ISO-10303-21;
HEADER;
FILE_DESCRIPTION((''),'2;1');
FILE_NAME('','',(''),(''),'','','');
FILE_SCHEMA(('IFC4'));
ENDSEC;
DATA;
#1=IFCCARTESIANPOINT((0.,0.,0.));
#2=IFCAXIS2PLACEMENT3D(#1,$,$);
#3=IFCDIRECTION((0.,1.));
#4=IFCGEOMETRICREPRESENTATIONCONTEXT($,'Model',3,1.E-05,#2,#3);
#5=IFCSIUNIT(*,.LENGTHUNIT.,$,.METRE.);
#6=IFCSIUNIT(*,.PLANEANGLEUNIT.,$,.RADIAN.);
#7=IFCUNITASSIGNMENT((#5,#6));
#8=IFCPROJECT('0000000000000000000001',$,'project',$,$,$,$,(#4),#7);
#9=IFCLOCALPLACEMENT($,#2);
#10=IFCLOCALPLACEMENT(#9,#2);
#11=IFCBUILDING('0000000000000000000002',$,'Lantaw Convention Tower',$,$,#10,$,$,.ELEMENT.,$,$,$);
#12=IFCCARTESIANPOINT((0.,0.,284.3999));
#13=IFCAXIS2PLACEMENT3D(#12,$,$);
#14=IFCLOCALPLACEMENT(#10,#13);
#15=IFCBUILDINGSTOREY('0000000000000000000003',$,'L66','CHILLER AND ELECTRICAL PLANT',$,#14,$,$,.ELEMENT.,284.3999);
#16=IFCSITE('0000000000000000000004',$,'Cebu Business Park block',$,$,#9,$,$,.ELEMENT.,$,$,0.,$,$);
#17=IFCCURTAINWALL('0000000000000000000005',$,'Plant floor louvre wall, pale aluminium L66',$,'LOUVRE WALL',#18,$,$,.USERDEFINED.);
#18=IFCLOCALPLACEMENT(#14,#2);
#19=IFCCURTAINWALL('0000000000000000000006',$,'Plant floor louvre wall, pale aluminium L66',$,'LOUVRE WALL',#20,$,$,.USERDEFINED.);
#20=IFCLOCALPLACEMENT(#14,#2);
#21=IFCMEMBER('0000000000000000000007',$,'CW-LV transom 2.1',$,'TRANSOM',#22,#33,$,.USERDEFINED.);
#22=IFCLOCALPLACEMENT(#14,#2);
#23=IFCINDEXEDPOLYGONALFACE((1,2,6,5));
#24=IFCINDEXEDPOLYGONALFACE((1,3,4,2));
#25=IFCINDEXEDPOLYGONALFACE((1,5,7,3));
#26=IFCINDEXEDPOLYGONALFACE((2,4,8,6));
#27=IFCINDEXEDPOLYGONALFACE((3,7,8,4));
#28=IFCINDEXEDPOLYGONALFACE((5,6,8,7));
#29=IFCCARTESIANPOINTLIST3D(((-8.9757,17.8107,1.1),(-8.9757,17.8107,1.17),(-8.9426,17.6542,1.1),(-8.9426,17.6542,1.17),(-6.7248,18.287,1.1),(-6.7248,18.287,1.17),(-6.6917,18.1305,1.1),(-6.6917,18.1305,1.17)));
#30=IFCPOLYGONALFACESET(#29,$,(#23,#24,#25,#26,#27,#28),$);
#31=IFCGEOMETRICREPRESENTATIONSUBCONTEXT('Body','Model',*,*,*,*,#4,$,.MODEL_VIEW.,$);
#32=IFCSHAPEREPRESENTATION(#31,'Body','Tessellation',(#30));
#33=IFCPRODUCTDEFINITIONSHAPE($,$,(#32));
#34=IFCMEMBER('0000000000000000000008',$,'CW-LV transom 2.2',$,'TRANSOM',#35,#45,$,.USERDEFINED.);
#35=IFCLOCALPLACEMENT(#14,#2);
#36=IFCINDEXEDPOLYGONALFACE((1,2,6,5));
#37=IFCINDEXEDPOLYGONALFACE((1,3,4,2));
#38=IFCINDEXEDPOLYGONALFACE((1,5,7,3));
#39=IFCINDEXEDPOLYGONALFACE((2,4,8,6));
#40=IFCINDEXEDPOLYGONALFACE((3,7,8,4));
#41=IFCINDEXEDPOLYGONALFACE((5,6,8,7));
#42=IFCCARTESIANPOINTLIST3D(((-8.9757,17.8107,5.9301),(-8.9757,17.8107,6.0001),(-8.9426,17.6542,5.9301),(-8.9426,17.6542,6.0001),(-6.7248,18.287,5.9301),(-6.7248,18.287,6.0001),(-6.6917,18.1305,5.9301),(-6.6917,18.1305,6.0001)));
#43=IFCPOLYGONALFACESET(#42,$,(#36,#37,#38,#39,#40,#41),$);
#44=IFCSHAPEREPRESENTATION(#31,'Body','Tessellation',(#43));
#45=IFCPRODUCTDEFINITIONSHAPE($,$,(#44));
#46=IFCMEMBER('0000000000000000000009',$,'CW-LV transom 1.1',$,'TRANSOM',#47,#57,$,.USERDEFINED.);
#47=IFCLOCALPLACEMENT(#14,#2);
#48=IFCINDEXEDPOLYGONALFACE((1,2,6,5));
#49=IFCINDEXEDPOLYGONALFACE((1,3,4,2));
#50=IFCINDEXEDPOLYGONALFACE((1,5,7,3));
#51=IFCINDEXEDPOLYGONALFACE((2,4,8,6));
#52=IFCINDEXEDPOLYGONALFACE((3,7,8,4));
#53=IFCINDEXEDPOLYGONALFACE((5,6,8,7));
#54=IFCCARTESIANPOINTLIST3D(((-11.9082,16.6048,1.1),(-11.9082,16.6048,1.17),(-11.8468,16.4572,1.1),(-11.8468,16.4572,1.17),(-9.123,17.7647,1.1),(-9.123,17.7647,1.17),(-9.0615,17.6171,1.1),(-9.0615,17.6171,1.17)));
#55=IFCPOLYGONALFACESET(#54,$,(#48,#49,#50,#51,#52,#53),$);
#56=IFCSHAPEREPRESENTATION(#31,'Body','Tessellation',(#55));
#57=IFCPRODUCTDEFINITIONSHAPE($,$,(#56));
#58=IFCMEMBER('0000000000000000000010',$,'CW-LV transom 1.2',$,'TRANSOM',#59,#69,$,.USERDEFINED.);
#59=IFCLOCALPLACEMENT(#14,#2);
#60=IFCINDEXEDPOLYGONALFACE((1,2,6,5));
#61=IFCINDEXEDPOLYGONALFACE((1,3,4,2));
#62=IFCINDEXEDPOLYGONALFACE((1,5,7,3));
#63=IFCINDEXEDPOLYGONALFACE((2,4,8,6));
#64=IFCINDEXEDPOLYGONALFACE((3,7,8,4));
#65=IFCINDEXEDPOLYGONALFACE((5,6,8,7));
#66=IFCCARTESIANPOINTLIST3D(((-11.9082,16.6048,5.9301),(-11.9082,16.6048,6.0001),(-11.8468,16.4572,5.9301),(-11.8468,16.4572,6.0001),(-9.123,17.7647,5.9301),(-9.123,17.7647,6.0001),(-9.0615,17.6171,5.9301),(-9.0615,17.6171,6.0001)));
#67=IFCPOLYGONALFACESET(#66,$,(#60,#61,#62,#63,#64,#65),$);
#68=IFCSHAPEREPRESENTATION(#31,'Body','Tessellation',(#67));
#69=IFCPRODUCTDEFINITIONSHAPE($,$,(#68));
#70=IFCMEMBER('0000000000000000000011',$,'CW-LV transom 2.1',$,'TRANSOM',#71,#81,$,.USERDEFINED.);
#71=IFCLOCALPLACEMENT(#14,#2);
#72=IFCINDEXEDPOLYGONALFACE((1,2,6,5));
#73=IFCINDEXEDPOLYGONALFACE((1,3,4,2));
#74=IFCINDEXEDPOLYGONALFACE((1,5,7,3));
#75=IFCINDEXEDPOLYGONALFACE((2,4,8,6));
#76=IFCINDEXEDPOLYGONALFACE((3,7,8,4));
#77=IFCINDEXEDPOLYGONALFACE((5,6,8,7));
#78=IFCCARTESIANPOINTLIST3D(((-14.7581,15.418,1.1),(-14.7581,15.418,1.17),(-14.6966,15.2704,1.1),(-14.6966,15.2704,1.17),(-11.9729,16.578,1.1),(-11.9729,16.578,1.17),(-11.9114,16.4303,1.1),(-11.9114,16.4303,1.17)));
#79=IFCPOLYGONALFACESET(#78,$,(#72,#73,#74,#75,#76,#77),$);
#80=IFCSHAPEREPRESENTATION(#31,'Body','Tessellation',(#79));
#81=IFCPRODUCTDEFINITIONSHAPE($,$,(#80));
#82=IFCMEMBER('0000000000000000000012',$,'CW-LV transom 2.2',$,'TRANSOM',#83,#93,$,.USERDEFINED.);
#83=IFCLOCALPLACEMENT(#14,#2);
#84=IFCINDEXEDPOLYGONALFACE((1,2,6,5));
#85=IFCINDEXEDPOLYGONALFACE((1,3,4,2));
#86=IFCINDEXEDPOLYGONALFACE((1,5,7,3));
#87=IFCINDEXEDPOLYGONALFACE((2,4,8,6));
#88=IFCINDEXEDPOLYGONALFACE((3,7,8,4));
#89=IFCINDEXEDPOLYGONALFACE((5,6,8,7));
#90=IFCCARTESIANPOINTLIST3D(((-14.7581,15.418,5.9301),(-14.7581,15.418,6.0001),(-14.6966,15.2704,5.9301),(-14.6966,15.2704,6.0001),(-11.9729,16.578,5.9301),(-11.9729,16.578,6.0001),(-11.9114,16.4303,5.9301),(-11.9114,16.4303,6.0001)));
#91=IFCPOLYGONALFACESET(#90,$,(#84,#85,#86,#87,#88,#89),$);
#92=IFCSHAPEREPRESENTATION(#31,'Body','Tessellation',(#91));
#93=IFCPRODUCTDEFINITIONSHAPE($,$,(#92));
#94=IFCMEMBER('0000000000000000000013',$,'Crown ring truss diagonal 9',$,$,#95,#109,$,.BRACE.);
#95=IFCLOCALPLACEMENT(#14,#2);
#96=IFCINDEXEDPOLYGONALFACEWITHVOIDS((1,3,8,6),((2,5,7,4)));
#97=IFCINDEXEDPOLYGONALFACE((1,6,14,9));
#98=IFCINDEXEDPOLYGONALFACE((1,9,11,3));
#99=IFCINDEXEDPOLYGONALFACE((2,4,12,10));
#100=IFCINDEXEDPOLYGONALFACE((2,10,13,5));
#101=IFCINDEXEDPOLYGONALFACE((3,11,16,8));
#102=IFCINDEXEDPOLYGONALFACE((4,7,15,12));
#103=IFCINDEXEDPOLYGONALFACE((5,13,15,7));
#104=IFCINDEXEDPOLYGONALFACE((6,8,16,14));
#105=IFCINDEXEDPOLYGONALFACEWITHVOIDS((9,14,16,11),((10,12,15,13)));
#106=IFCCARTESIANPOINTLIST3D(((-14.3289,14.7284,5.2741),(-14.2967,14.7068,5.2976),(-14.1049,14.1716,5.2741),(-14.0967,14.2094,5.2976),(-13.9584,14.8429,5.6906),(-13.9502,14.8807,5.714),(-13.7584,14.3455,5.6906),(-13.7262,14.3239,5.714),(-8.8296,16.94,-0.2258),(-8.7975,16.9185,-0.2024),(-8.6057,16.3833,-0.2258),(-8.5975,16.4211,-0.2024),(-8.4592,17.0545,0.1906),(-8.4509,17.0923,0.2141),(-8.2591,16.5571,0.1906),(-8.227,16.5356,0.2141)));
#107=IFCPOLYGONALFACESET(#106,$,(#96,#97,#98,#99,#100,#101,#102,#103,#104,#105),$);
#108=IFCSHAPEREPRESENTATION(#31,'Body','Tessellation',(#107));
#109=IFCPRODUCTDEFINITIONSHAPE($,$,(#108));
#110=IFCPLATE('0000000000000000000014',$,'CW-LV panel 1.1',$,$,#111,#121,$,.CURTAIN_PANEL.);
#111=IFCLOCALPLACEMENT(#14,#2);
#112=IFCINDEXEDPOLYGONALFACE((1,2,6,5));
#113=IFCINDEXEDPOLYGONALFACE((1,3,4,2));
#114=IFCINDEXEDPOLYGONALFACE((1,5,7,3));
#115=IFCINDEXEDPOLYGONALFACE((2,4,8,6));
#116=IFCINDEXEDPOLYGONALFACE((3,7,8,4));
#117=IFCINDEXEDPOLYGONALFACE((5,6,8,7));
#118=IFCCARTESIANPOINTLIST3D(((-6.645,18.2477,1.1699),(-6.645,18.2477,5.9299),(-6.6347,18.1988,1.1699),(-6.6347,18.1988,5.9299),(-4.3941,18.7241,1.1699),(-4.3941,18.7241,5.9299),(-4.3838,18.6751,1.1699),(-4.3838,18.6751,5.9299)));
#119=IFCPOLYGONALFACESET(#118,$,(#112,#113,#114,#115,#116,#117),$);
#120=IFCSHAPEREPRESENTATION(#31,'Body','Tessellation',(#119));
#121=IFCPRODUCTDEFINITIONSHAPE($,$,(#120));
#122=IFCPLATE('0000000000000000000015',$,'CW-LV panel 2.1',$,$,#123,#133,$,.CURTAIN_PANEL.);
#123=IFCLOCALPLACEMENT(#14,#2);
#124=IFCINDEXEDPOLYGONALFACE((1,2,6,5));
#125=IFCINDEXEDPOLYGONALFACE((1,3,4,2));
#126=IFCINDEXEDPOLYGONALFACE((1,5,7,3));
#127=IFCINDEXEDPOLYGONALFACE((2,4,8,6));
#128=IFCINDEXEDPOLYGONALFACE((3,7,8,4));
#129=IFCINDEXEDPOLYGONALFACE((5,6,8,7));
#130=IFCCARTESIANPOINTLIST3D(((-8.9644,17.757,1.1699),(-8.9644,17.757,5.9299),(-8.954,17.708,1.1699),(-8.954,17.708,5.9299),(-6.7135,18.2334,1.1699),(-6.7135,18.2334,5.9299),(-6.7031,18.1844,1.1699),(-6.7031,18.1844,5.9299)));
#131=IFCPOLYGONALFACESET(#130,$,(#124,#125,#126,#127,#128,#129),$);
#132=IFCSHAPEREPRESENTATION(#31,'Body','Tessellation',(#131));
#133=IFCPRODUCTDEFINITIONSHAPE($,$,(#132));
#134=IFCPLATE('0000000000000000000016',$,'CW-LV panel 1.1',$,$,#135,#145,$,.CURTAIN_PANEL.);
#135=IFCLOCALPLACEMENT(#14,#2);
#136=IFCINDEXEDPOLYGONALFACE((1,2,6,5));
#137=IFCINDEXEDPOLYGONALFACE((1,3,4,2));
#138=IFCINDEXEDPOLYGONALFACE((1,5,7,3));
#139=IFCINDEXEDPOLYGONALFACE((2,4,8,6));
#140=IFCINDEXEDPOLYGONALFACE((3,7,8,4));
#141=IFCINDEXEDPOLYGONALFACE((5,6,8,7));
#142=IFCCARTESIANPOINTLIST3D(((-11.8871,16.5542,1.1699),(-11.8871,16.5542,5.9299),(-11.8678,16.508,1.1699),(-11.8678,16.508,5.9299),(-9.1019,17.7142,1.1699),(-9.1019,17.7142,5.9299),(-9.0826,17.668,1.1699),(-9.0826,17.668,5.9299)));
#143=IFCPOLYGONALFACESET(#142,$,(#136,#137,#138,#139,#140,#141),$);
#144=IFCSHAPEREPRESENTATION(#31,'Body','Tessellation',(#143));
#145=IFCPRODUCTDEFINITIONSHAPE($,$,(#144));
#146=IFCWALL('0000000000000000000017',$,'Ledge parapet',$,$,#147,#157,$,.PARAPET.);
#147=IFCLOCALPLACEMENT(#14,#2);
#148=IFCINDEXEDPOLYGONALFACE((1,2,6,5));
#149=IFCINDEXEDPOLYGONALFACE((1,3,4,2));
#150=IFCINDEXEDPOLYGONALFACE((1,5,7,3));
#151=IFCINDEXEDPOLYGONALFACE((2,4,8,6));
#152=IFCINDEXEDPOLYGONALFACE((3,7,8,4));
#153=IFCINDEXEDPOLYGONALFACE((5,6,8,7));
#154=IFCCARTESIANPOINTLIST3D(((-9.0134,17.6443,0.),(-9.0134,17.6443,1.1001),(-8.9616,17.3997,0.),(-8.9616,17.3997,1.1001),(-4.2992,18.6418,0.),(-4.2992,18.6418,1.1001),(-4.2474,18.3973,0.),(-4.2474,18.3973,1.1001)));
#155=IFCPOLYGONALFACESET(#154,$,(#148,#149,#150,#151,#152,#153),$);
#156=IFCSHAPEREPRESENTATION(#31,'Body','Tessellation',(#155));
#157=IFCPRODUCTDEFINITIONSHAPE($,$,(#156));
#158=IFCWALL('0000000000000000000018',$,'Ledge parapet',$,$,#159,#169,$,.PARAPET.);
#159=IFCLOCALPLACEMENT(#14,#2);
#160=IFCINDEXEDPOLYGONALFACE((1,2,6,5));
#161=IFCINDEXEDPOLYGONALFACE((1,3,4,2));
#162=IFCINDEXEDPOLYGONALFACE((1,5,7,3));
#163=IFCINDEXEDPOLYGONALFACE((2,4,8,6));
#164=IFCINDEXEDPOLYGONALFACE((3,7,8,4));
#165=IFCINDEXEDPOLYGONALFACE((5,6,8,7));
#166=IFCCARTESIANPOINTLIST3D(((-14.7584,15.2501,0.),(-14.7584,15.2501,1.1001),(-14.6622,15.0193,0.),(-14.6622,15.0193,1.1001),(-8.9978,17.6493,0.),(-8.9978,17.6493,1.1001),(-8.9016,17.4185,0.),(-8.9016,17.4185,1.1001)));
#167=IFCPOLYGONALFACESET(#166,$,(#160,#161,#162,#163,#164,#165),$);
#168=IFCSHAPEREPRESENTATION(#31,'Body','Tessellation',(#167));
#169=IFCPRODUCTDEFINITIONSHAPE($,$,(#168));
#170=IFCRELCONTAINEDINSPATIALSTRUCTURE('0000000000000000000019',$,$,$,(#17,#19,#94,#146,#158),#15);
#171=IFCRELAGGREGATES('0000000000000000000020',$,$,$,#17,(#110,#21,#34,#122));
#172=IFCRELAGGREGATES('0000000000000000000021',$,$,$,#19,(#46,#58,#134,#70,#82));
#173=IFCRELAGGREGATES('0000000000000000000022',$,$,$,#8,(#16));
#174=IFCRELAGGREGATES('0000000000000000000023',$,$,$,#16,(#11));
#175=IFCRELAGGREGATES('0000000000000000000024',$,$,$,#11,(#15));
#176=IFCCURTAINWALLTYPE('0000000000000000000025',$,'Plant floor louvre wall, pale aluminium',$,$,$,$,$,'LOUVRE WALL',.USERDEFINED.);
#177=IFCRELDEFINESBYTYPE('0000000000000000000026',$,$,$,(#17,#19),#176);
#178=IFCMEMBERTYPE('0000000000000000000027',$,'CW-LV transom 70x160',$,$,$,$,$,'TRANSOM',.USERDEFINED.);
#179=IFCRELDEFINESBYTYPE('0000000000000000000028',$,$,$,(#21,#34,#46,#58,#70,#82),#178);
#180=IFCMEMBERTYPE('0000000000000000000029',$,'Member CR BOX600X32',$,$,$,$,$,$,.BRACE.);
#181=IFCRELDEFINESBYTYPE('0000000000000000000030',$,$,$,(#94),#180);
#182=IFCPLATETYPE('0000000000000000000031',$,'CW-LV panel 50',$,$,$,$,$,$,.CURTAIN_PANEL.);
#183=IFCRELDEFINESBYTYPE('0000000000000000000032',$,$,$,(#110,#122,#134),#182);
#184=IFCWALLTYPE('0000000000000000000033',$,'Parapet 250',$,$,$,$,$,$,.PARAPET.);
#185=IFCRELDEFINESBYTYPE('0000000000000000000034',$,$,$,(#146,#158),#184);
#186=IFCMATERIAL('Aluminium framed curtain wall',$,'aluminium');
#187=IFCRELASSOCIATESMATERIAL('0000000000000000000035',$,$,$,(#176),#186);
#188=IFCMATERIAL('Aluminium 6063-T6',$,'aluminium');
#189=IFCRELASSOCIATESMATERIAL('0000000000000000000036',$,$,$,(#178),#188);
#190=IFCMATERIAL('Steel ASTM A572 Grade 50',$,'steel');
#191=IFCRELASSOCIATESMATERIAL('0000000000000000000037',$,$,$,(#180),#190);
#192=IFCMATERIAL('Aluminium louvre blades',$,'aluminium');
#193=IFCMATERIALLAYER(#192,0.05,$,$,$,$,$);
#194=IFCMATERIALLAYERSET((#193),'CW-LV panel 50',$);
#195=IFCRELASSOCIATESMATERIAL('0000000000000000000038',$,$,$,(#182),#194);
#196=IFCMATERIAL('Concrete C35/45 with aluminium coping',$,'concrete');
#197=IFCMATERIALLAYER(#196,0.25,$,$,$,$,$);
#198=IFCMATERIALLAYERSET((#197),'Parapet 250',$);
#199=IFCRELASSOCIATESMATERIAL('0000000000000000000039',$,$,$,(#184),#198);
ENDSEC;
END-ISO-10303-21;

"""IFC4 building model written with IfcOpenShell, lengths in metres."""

from ifc_helpers import new_model, si_unit, direction, frame, frame_2d, origin, origin_2d, place, context, subcontext, project, spatial, rectangle, hollow_rectangle, extrude, material, layer, layer_set, material_profile, profile_set, type_object, element, aggregate, save


model = new_model("IFC4")

# Units and contexts
model_context = context("Model", 3, precision=1e-05, world=origin(), true_north=direction((0.0, 1.0)))
body_context = subcontext(model_context, "Body", "Model", "MODEL_VIEW")
ifc_project = project(units=[si_unit("LENGTHUNIT", "METRE"), si_unit("PLANEANGLEUNIT", "RADIAN")], contexts=[model_context])

# Site, building, storey
site_placement = place(None, origin())
site = spatial("IfcSite", under=ifc_project, at=site_placement, Name="Cebu Business Park block", CompositionType="ELEMENT", RefElevation=0.0)
building_placement = place(site_placement, origin())
building = spatial("IfcBuilding", under=site, at=building_placement, Name="Lantaw Convention Tower", CompositionType="ELEMENT")
storey_placement = place(building_placement, frame((0.0, 0.0, 284.3999)))
storey = spatial("IfcBuildingStorey", under=building, at=storey_placement, Name="L66", Description="CHILLER AND ELECTRICAL PLANT", CompositionType="ELEMENT", Elevation=284.3999)

# Shared definitions
ifc_material_1 = material(Name="Steel ASTM A572 Grade 50", Category="steel")

# Shared definitions
ifc_material_2 = material(Name="Aluminium framed curtain wall", Category="aluminium")
curtain_wall_type = type_object("IfcCurtainWallType", Name="Plant floor louvre wall, pale aluminium", ElementType="LOUVRE WALL", PredefinedType="USERDEFINED", material=ifc_material_2)
ifc_material_3 = material(Name="Aluminium 6063-T6", Category="aluminium")

# Curtain walls
curtain_wall_1_placement = place(storey_placement, origin())
curtain_wall_1 = element("IfcCurtainWall", 1, at=curtain_wall_1_placement, inside=storey, type_object=curtain_wall_type, Name="Plant floor louvre wall, pale aluminium L66", ObjectType="LOUVRE WALL", PredefinedType="USERDEFINED")
curtain_wall_2_placement = place(storey_placement, origin())
curtain_wall_2 = element("IfcCurtainWall", 2, at=curtain_wall_2_placement, inside=storey, type_object=curtain_wall_type, Name="Plant floor louvre wall, pale aluminium L66", ObjectType="LOUVRE WALL", PredefinedType="USERDEFINED")

# Members
ifc_material_profile_1 = material_profile(ifc_material_3, rectangle(XDim=0.1599, YDim=0.0701, at=origin_2d()), Name="CW-LV transom 70x160")
ifc_profile_set_1 = profile_set([ifc_material_profile_1], Name="Aluminium 6063-T6")
member_type_1 = type_object("IfcMemberType", Name="CW-LV transom 70x160", ElementType="TRANSOM", PredefinedType="USERDEFINED", material=ifc_profile_set_1)
member_1_placement = place(storey_placement, frame((-6.7083, 18.2087, 1.135), z_axis=(-0.978336, -0.207021, 0.0), x_axis=(0.207021, -0.978336, 0.0)))
member_1 = element("IfcMember", 3, at=member_1_placement, type_object=member_type_1, Name="CW-LV transom 2.1", ObjectType="TRANSOM", PredefinedType="USERDEFINED", context=body_context, shape_type="SweptSolid", body=[
    extrude(rectangle(XDim=0.1599, YDim=0.0701, at=origin_2d()), origin(), (0.0, 0.0, 1.0), 2.3008),
])
member_2_placement = place(storey_placement, frame((-6.7083, 18.2087, 5.9651), z_axis=(-0.978336, -0.207021, 0.0), x_axis=(0.207021, -0.978336, 0.0)))
member_2 = element("IfcMember", 4, at=member_2_placement, type_object=member_type_1, Name="CW-LV transom 2.2", ObjectType="TRANSOM", PredefinedType="USERDEFINED", context=body_context, shape_type="SweptSolid", body=[
    extrude(rectangle(XDim=0.1599, YDim=0.0701, at=origin_2d()), origin(), (0.0, 0.0, 1.0), 2.3008),
])
member_3_placement = place(storey_placement, frame((-9.0923, 17.6909, 1.135), z_axis=(-0.923144, -0.384454, 0.0), x_axis=(0.384454, -0.923144, 0.0)))
member_3 = element("IfcMember", 5, at=member_3_placement, type_object=member_type_1, Name="CW-LV transom 1.1", ObjectType="TRANSOM", PredefinedType="USERDEFINED", context=body_context, shape_type="SweptSolid", body=[
    extrude(rectangle(XDim=0.1599, YDim=0.0701, at=origin_2d()), origin(), (0.0, 0.0, 1.0), 3.0171),
])
member_4_placement = place(storey_placement, frame((-9.0923, 17.6909, 5.9651), z_axis=(-0.923144, -0.384454, 0.0), x_axis=(0.384454, -0.923144, 0.0)))
member_4 = element("IfcMember", 6, at=member_4_placement, type_object=member_type_1, Name="CW-LV transom 1.2", ObjectType="TRANSOM", PredefinedType="USERDEFINED", context=body_context, shape_type="SweptSolid", body=[
    extrude(rectangle(XDim=0.1599, YDim=0.0701, at=origin_2d()), origin(), (0.0, 0.0, 1.0), 3.0171),
])
member_5_placement = place(storey_placement, frame((-11.9421, 16.5042, 1.135), z_axis=(-0.923144, -0.384454, 0.0), x_axis=(0.384454, -0.923144, 0.0)))
member_5 = element("IfcMember", 7, at=member_5_placement, type_object=member_type_1, Name="CW-LV transom 2.1", ObjectType="TRANSOM", PredefinedType="USERDEFINED", context=body_context, shape_type="SweptSolid", body=[
    extrude(rectangle(XDim=0.1599, YDim=0.0701, at=origin_2d()), origin(), (0.0, 0.0, 1.0), 3.0171),
])
member_6_placement = place(storey_placement, frame((-11.9421, 16.5042, 5.9651), z_axis=(-0.923144, -0.384454, 0.0), x_axis=(0.384454, -0.923144, 0.0)))
member_6 = element("IfcMember", 8, at=member_6_placement, type_object=member_type_1, Name="CW-LV transom 2.2", ObjectType="TRANSOM", PredefinedType="USERDEFINED", context=body_context, shape_type="SweptSolid", body=[
    extrude(rectangle(XDim=0.1599, YDim=0.0701, at=origin_2d()), origin(), (0.0, 0.0, 1.0), 3.0171),
])
ifc_material_profile_2 = material_profile(ifc_material_1, hollow_rectangle(XDim=0.6001, YDim=0.6001, WallThickness=0.032, at=origin_2d()), Name="BOX600X32")
ifc_profile_set_2 = profile_set([ifc_material_profile_2], Name="Steel ASTM A572 Grade 50")
member_type_2 = type_object("IfcMemberType", Name="Member CR BOX600X32", PredefinedType="BRACE", material=ifc_profile_set_2)
member_7_placement = place(storey_placement, frame((-8.5283, 16.7378, -0.0059), z_axis=(-0.680097, -0.273518, 0.680188), x_axis=(0.37313, -0.927779, 0.0)))
element("IfcMember", 9, at=member_7_placement, inside=storey, type_object=member_type_2, Name="Crown ring truss diagonal 9", PredefinedType="BRACE", context=body_context, shape_type="SweptSolid", body=[
    extrude(hollow_rectangle(XDim=0.6001, YDim=0.6001, WallThickness=0.032, at=origin_2d()), origin(), (0.0, 0.0, 1.0), 8.0859),
])

# Plates
ifc_material_4 = material(Name="Aluminium louvre blades", Category="aluminium")
ifc_layer_1 = layer(ifc_material_4, 0.05)
ifc_layer_set_1 = layer_set([ifc_layer_1], Name="CW-LV panel 50")
plate_type = type_object("IfcPlateType", Name="CW-LV panel 50", PredefinedType="CURTAIN_PANEL", material=ifc_layer_set_1)
plate_1_placement = place(storey_placement, frame((-5.5144, 18.4614, 1.1699), z_axis=(0.0, 0.0, 1.0), x_axis=(-0.978332, -0.20704, 0.0)))
plate_1 = element("IfcPlate", 10, at=plate_1_placement, type_object=plate_type, Name="CW-LV panel 1.1", PredefinedType="CURTAIN_PANEL", context=body_context, shape_type="SweptSolid", body=[
    extrude(rectangle(XDim=2.3008, YDim=0.05, at=origin_2d()), origin(), (0.0, 0.0, 1.0), 4.76),
])
plate_2_placement = place(storey_placement, frame((-7.8337, 17.9707, 1.1699), z_axis=(0.0, 0.0, 1.0), x_axis=(-0.978332, -0.20704, 0.0)))
plate_2 = element("IfcPlate", 11, at=plate_2_placement, type_object=plate_type, Name="CW-LV panel 2.1", PredefinedType="CURTAIN_PANEL", context=body_context, shape_type="SweptSolid", body=[
    extrude(rectangle(XDim=2.3008, YDim=0.05, at=origin_2d()), origin(), (0.0, 0.0, 1.0), 4.76),
])
aggregate(curtain_wall_1, [plate_1, member_1, member_2, plate_2])
plate_3_placement = place(storey_placement, frame((-10.4849, 17.1111, 1.1699), z_axis=(0.0, 0.0, 1.0), x_axis=(-0.923142, -0.38446, 0.0)))
plate_3 = element("IfcPlate", 12, at=plate_3_placement, type_object=plate_type, Name="CW-LV panel 1.1", PredefinedType="CURTAIN_PANEL", context=body_context, shape_type="SweptSolid", body=[
    extrude(rectangle(XDim=3.0171, YDim=0.05, at=origin_2d()), origin(), (0.0, 0.0, 1.0), 4.76),
])
aggregate(curtain_wall_2, [member_3, member_4, plate_3, member_5, member_6])

# Walls
ifc_material_5 = material(Name="Concrete C35/45 with aluminium coping", Category="concrete")
ifc_layer_2 = layer(ifc_material_5, 0.25)
ifc_layer_set_2 = layer_set([ifc_layer_2], Name="Parapet 250")
wall_type = type_object("IfcWallType", Name="Parapet 250", PredefinedType="PARAPET", material=ifc_layer_set_2)
wall_1_placement = place(storey_placement, frame((-4.2734, 18.5195, 0.0), z_axis=(0.0, 0.0, 1.0), x_axis=(-0.978335, -0.207027, 0.0)))
element("IfcWall", 13, at=wall_1_placement, inside=storey, type_object=wall_type, Name="Ledge parapet", PredefinedType="PARAPET", context=body_context, shape_type="SweptSolid", body=[
    extrude(rectangle(XDim=4.8186, YDim=0.25, at=frame_2d((2.4092, 0.0))), origin(), (0.0, 0.0, 1.0), 1.1001),
])
wall_2_placement = place(storey_placement, frame((-8.9497, 17.5339, 0.0), z_axis=(0.0, 0.0, 1.0), x_axis=(-0.923136, -0.384474, 0.0)))
element("IfcWall", 14, at=wall_2_placement, inside=storey, type_object=wall_type, Name="Ledge parapet", PredefinedType="PARAPET", context=body_context, shape_type="SweptSolid", body=[
    extrude(rectangle(XDim=6.2402, YDim=0.25, at=frame_2d((3.1201, 0.0))), origin(), (0.0, 0.0, 1.0), 1.1001),
])

save(model, "model.ifc")
